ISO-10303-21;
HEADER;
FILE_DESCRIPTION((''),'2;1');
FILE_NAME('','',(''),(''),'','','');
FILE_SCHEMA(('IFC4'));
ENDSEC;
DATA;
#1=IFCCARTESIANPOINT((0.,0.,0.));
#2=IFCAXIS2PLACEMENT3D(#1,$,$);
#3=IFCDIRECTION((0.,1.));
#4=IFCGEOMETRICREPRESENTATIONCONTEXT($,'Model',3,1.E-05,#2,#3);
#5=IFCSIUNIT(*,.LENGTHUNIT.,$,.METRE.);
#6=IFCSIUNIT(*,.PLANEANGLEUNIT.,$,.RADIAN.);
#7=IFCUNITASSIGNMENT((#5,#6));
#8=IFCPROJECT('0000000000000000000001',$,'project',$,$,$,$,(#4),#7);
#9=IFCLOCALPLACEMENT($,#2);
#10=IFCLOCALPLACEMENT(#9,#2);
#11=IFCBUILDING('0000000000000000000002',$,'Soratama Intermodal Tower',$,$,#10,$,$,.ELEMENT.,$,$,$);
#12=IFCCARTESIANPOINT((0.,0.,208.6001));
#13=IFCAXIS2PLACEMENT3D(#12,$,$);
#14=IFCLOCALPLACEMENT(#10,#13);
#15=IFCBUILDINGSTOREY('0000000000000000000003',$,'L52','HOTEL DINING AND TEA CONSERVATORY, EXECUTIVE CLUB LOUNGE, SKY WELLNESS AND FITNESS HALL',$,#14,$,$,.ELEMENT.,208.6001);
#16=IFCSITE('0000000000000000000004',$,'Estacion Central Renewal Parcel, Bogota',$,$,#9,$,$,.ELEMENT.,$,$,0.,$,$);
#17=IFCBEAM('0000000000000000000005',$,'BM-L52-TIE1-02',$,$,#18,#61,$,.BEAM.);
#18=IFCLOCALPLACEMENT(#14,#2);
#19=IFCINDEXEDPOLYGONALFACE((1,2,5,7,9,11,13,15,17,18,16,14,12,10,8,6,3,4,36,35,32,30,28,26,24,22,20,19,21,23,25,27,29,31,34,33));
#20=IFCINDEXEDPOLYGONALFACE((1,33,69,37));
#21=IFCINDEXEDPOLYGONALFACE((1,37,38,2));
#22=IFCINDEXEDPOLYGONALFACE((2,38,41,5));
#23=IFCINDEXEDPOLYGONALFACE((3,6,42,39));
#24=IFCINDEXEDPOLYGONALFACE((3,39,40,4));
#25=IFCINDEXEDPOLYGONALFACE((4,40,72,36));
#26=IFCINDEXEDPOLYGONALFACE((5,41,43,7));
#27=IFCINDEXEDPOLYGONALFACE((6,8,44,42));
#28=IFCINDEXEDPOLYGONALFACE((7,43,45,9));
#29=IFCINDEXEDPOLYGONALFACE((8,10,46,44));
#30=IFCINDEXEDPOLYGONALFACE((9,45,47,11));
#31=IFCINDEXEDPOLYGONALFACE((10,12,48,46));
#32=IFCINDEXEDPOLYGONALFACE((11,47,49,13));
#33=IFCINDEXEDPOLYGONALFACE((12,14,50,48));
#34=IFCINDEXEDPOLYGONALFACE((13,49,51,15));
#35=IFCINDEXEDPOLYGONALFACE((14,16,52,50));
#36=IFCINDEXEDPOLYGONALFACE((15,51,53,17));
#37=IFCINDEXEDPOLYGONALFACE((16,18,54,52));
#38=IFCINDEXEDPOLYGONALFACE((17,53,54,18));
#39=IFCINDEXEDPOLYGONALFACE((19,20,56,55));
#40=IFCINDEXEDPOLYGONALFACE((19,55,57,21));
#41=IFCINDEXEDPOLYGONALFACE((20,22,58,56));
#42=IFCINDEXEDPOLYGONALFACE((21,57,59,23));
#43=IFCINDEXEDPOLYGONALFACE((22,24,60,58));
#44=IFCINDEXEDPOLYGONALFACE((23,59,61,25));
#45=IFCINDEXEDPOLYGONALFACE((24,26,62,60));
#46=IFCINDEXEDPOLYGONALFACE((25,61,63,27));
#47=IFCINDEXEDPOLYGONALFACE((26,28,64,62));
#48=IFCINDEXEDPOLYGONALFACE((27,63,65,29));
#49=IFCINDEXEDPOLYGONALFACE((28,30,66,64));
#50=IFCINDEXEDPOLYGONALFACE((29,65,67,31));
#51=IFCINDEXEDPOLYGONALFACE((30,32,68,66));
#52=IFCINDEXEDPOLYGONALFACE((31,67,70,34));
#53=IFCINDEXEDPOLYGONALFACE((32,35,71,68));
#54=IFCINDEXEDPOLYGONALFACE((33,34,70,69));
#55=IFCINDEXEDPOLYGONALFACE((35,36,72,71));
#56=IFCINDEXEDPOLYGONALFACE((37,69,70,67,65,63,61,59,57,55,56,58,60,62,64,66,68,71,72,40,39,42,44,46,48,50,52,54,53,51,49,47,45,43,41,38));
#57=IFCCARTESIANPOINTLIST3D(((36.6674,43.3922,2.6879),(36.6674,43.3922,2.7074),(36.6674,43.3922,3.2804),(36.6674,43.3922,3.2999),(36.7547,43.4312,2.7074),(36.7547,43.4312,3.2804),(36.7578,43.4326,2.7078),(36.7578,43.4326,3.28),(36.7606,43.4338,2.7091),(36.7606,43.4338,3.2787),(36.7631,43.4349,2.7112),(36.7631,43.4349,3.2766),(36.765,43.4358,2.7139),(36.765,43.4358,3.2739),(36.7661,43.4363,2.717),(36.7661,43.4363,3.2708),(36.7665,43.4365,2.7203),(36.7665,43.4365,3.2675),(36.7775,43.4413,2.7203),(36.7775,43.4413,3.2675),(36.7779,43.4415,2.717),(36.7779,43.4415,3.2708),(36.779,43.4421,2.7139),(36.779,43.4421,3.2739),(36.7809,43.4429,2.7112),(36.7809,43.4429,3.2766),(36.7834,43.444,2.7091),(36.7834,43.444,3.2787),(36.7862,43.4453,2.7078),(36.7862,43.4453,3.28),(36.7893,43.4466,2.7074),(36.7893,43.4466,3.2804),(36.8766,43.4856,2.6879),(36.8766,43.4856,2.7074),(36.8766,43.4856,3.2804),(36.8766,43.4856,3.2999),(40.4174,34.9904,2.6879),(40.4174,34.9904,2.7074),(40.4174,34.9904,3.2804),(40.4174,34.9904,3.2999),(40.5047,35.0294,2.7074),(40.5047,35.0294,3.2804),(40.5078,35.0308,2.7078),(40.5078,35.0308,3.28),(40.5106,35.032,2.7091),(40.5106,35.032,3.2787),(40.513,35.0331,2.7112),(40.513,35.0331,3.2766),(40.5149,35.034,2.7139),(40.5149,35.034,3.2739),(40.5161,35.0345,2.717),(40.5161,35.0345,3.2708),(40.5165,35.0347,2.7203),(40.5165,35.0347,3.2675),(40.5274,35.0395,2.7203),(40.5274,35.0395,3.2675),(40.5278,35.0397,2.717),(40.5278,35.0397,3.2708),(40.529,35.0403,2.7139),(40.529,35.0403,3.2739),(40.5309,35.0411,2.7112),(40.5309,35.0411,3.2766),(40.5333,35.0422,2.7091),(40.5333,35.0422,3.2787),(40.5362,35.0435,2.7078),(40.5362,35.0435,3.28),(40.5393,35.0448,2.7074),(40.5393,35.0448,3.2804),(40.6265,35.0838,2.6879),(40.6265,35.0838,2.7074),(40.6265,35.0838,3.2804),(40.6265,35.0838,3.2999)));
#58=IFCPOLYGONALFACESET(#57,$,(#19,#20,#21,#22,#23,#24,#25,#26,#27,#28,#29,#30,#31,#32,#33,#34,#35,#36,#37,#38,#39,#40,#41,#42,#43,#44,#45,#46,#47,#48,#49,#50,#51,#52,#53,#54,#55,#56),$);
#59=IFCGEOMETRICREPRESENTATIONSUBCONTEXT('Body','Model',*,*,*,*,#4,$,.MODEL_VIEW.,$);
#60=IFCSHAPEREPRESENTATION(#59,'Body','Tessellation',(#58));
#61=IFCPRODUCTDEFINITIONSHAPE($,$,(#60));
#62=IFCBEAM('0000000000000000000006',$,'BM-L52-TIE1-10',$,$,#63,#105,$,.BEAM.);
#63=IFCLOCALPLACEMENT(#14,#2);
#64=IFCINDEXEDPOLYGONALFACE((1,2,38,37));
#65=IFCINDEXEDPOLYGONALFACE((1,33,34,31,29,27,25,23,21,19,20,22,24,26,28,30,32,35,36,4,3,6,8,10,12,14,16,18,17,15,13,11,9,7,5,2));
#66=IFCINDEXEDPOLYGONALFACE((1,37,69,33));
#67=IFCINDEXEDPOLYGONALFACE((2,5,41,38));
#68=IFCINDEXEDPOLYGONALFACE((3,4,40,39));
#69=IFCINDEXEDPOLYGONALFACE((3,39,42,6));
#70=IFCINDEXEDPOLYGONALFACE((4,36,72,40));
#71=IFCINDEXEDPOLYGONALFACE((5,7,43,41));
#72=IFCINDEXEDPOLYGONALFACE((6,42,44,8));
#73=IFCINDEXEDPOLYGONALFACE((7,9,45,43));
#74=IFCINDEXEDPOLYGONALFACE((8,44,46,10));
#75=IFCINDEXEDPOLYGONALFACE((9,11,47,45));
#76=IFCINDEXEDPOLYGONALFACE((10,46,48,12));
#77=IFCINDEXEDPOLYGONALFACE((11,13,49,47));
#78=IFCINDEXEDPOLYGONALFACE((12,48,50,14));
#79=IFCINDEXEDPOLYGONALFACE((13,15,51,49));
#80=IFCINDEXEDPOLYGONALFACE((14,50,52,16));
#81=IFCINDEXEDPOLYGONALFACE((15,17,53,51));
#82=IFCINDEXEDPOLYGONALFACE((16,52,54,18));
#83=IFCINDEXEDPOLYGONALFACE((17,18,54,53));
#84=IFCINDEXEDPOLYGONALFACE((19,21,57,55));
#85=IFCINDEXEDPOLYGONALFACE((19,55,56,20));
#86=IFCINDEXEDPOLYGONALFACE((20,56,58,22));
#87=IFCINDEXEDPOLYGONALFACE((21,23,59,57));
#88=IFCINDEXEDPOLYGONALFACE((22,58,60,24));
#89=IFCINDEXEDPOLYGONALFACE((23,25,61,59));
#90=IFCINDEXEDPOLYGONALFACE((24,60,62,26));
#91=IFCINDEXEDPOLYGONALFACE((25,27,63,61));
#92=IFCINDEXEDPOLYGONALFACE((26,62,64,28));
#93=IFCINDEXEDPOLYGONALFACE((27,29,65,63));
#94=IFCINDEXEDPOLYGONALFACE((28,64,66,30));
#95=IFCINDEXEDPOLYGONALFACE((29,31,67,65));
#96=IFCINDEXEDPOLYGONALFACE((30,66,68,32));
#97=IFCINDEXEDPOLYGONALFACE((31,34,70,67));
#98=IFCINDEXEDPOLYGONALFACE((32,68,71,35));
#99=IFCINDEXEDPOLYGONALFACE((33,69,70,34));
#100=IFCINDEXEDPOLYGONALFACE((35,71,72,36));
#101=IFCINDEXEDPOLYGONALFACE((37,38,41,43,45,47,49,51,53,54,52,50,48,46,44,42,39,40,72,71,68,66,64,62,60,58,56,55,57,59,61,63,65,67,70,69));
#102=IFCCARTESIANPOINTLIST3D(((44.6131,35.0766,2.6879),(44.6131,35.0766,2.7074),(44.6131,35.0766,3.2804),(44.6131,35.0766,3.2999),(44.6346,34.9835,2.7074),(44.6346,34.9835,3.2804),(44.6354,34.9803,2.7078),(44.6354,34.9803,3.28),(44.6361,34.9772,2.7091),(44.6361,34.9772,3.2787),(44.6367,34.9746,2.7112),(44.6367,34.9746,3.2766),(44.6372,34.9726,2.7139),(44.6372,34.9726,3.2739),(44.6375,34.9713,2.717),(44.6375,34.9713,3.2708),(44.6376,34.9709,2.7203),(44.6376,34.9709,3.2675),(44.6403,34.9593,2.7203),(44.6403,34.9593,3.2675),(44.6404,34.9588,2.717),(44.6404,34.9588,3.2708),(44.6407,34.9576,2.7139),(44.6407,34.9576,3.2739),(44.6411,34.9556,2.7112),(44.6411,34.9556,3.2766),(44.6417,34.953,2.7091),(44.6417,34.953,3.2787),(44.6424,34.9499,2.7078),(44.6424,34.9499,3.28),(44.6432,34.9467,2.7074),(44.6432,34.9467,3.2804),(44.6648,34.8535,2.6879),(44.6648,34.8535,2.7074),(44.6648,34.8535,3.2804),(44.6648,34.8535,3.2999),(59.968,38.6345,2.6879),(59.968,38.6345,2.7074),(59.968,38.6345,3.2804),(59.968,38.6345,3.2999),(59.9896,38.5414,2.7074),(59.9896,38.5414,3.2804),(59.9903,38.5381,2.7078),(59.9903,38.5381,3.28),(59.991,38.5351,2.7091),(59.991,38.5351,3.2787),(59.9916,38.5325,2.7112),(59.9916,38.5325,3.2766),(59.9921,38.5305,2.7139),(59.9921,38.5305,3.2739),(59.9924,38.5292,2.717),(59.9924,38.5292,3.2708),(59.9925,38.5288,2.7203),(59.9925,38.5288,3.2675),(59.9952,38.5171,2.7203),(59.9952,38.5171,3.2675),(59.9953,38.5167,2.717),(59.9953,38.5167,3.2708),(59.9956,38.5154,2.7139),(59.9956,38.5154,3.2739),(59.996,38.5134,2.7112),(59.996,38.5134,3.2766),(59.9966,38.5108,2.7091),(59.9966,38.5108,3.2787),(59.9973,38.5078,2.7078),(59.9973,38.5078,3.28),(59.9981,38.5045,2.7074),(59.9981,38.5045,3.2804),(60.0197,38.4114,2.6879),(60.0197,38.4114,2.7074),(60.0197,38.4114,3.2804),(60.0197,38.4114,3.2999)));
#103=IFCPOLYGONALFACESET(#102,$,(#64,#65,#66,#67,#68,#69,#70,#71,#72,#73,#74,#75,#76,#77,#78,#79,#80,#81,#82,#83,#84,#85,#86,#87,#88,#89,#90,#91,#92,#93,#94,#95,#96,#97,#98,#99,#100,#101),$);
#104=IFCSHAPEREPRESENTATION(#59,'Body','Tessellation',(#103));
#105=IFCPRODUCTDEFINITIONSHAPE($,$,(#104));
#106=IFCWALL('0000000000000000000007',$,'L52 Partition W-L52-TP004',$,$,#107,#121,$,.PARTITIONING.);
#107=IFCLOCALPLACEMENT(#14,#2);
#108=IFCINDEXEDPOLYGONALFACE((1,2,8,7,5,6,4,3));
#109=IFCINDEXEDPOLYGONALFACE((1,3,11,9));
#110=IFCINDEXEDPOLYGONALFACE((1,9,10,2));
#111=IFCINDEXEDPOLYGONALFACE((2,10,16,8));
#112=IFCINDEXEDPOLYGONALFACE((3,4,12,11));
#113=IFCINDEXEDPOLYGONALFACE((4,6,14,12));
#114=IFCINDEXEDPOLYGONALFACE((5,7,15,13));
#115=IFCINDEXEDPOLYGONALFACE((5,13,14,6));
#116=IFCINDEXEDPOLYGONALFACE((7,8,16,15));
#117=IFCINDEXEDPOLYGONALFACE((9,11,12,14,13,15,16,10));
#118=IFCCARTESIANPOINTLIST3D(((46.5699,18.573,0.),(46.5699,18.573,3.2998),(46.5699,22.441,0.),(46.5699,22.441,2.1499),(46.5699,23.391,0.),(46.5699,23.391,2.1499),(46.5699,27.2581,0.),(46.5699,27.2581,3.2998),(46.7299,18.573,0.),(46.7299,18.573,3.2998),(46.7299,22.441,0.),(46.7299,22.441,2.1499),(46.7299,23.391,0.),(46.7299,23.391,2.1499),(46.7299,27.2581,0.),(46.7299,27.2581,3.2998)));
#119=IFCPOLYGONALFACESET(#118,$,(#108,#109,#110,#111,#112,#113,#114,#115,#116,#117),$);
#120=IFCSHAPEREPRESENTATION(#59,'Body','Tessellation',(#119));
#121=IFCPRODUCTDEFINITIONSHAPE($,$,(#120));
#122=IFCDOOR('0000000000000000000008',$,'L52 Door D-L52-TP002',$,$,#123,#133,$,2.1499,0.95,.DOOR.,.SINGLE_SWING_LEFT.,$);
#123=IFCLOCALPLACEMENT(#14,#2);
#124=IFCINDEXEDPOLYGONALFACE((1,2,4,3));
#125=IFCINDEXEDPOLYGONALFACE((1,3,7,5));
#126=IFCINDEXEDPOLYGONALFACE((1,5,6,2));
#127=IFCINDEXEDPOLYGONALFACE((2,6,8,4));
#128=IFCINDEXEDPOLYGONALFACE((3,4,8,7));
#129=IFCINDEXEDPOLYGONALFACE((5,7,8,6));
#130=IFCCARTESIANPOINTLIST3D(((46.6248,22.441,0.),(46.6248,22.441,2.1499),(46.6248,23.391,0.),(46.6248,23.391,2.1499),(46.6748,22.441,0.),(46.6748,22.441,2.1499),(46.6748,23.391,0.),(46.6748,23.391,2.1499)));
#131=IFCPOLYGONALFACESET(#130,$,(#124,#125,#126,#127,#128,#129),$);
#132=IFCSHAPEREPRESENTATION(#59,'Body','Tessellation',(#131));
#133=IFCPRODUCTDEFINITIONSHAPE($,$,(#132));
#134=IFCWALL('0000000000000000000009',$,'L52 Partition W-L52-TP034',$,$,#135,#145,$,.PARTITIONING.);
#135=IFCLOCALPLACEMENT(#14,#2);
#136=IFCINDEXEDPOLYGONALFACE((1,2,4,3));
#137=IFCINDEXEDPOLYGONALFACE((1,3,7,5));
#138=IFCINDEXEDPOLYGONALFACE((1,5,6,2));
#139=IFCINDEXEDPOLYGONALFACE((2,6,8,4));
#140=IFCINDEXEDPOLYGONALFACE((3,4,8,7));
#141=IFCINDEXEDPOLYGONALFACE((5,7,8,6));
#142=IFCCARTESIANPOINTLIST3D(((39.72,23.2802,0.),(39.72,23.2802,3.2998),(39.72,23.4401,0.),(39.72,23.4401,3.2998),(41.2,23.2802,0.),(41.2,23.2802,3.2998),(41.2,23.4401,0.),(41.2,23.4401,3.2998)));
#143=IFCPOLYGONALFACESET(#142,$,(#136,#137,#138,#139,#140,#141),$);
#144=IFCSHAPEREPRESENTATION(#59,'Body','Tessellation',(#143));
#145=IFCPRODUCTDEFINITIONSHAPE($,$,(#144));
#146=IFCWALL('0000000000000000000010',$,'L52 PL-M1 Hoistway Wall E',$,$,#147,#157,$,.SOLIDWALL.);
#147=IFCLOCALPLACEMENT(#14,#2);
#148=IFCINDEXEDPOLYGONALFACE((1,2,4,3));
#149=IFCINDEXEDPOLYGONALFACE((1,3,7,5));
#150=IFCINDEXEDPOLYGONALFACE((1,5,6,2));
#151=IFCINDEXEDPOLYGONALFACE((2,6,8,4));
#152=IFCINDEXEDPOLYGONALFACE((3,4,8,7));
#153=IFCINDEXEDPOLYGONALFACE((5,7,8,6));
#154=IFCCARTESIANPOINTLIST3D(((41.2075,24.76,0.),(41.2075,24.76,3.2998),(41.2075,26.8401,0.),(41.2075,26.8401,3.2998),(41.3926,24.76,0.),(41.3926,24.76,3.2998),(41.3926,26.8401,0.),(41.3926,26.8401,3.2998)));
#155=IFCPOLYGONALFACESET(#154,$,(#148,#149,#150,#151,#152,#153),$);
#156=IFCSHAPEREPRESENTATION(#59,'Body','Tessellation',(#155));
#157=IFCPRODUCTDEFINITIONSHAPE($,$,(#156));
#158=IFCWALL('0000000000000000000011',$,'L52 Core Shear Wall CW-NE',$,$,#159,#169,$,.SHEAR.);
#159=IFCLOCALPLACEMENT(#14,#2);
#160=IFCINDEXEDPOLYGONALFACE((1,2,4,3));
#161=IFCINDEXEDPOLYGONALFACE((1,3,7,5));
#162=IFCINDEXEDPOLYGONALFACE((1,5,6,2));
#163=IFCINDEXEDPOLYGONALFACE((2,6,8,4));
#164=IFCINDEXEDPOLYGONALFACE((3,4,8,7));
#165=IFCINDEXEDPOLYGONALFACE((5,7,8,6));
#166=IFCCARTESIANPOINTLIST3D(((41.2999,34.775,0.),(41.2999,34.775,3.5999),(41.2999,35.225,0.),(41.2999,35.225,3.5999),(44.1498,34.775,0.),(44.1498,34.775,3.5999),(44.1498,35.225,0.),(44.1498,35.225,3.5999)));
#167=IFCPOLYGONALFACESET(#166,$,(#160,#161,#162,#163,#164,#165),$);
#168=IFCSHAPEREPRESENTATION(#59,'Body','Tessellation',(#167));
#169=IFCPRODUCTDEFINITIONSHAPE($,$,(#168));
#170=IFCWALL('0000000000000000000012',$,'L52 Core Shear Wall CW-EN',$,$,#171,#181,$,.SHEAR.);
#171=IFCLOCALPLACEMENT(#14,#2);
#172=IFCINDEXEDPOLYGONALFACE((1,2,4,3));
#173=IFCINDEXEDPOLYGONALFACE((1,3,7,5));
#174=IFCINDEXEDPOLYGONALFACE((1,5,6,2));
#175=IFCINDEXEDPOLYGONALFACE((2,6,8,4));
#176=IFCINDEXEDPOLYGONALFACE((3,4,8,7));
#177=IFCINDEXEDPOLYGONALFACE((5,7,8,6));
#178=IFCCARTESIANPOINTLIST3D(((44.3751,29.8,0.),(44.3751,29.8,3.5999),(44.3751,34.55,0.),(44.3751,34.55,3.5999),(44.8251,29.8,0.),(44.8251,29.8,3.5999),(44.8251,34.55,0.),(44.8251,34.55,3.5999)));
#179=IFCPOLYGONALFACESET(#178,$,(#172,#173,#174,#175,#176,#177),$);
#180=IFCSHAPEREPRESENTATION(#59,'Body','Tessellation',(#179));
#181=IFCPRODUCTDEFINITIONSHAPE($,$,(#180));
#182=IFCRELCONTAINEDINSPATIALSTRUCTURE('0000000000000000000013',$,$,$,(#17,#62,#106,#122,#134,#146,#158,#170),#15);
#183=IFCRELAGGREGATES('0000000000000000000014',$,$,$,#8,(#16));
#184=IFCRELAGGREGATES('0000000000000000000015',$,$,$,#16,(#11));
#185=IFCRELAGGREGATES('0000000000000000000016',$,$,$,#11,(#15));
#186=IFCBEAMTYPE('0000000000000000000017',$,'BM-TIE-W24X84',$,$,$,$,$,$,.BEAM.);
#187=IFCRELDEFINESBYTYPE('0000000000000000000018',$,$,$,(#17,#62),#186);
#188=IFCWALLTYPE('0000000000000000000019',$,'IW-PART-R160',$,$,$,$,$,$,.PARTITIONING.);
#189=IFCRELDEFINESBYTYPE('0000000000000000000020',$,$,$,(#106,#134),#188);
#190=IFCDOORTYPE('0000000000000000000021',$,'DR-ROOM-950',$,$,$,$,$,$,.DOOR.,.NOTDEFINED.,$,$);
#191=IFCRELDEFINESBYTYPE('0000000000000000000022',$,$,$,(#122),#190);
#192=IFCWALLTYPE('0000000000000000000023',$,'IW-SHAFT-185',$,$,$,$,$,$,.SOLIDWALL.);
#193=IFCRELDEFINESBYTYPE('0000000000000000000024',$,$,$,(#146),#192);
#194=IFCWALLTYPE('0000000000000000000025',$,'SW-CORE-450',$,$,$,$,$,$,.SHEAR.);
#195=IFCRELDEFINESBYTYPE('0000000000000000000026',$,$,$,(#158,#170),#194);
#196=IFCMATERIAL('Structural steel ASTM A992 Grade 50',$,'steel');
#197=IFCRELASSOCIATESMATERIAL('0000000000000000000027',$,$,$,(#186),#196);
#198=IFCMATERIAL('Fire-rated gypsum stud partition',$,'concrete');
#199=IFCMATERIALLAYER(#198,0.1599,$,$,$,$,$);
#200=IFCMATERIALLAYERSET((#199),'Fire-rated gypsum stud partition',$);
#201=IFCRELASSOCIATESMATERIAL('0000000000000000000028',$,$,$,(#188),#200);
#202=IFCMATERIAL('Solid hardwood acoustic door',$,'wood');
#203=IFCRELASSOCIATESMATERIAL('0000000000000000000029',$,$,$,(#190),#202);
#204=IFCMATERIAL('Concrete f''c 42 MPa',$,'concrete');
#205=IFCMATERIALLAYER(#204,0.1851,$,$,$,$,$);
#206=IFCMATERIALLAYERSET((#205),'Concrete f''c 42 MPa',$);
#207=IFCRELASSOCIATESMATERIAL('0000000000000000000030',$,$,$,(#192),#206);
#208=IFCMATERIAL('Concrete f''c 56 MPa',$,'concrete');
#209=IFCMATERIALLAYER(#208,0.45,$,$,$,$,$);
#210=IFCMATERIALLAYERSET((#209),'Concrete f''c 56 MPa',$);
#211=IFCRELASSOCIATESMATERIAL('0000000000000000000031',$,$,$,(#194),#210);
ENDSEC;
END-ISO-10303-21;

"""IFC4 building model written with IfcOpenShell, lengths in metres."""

from ifc_helpers import new_model, si_unit, direction, frame, frame_2d, origin, origin_2d, place, context, subcontext, project, spatial, rectangle, i_section, extrude, material, layer, layer_set, material_profile, profile_set, type_object, element, fill, save


model = new_model("IFC4")

# Units and contexts
model_context = context("Model", 3, precision=1e-05, world=origin(), true_north=direction((0.0, 1.0)))
body_context = subcontext(model_context, "Body", "Model", "MODEL_VIEW")
ifc_project = project(units=[si_unit("LENGTHUNIT", "METRE"), si_unit("PLANEANGLEUNIT", "RADIAN")], contexts=[model_context])

# Site, building, storey
site_placement = place(None, origin())
site = spatial("IfcSite", under=ifc_project, at=site_placement, Name="Estacion Central Renewal Parcel, Bogota", CompositionType="ELEMENT", RefElevation=0.0)
building_placement = place(site_placement, origin())
building = spatial("IfcBuilding", under=site, at=building_placement, Name="Soratama Intermodal Tower", CompositionType="ELEMENT")
storey_placement = place(building_placement, frame((0.0, 0.0, 208.6001)))
storey = spatial("IfcBuildingStorey", under=building, at=storey_placement, Name="L52", Description="HOTEL DINING AND TEA CONSERVATORY, EXECUTIVE CLUB LOUNGE, SKY WELLNESS AND FITNESS HALL", CompositionType="ELEMENT", Elevation=208.6001)

# Beams
ifc_material_1 = material(Name="Structural steel ASTM A992 Grade 50", Category="steel")
ifc_material_profile_1 = material_profile(ifc_material_1, i_section(OverallWidth=0.229, OverallDepth=0.6121, WebThickness=0.012, FlangeThickness=0.0195, FilletRadius=0.0129, at=origin_2d()), Name="W24X84")
ifc_profile_set_1 = profile_set([ifc_material_profile_1], Name="Structural steel ASTM A992 Grade 50")
beam_type_1 = type_object("IfcBeamType", Name="BM-TIE-W24X84", PredefinedType="BEAM", material=ifc_profile_set_1)
beam_1_placement = place(storey_placement, frame((40.522, 35.0371, 2.9939), z_axis=(-0.407576, 0.913171, 0.0), x_axis=(-0.913171, -0.407576, 0.0)))
element("IfcBeam", 1, at=beam_1_placement, inside=storey, type_object=beam_type_1, Name="BM-L52-TIE1-02", PredefinedType="BEAM", context=body_context, shape_type="SweptSolid", body=[
    extrude(i_section(OverallWidth=0.229, OverallDepth=0.6121, WebThickness=0.012, FlangeThickness=0.0195, FilletRadius=0.0129, at=origin_2d()), origin(), (0.0, 0.0, 1.0), 9.2007),
])
beam_2_placement = place(storey_placement, frame((44.6389, 34.9651, 2.9939), z_axis=(0.974191, 0.225727, 0.0), x_axis=(-0.225727, 0.974191, 0.0)))
element("IfcBeam", 2, at=beam_2_placement, inside=storey, type_object=beam_type_1, Name="BM-L52-TIE1-10", PredefinedType="BEAM", context=body_context, shape_type="SweptSolid", body=[
    extrude(i_section(OverallWidth=0.229, OverallDepth=0.6121, WebThickness=0.012, FlangeThickness=0.0195, FilletRadius=0.0129, at=origin_2d()), origin(), (0.0, 0.0, 1.0), 15.7617),
])

# Wall, opening, door
ifc_material_2 = material(Name="Fire-rated gypsum stud partition", Category="concrete")
ifc_layer_1 = layer(ifc_material_2, 0.1599)
ifc_layer_set_1 = layer_set([ifc_layer_1], Name="Fire-rated gypsum stud partition")
wall_type_1 = type_object("IfcWallType", Name="IW-PART-R160", PredefinedType="PARTITIONING", material=ifc_layer_set_1)
wall_1_placement = place(storey_placement, frame((46.6499, 27.2581, 0.0), z_axis=(0.0, 0.0, 1.0), x_axis=(0.0, -1.0, 0.0)))
wall_1 = element("IfcWall", 3, at=wall_1_placement, inside=storey, type_object=wall_type_1, Name="L52 Partition W-L52-TP004", PredefinedType="PARTITIONING", context=body_context, shape_type="SweptSolid", body=[
    extrude(rectangle(XDim=8.6851, YDim=0.1599, at=frame_2d((4.3425, 0.0))), origin(), (0.0, 0.0, 1.0), 3.2998),
])
opening_1_placement = place(wall_1_placement, frame((3.8669, 0.0, 0.0)))
opening_1 = element("IfcOpeningElement", 4, at=opening_1_placement, cuts=wall_1, PredefinedType="OPENING", context=body_context, shape_type="SweptSolid", body=[
    extrude(rectangle(XDim=0.95, YDim=2.1499, at=frame_2d((0.4751, 1.075))), frame((0.0, 0.0898, 0.0), z_axis=(0.0, -1.0, 0.0), x_axis=(1.0, 0.0, 0.0)), (0.0, 0.0, 1.0), 0.1799),
])
ifc_material_3 = material(Name="Solid hardwood acoustic door", Category="wood")
door_type_1 = type_object("IfcDoorType", Name="DR-ROOM-950", OperationType="NOTDEFINED", PredefinedType="DOOR", material=ifc_material_3)
door_1_placement = place(opening_1_placement, origin())
door_1 = element("IfcDoor", 5, at=door_1_placement, inside=storey, type_object=door_type_1, Name="L52 Door D-L52-TP002", OperationType="SINGLE_SWING_LEFT", OverallHeight=2.1499, OverallWidth=0.95, PredefinedType="DOOR", context=body_context, shape_type="SweptSolid", body=[
    extrude(rectangle(XDim=0.95, YDim=2.1499, at=frame_2d((0.4751, 1.075))), frame((0.0, 0.0249, 0.0), z_axis=(0.0, -1.0, 0.0), x_axis=(1.0, 0.0, 0.0)), (0.0, 0.0, 1.0), 0.05),
])
fill(opening_1, door_1)

# Wall
wall_2_placement = place(storey_placement, frame((41.2, 23.3601, 0.0), z_axis=(0.0, 0.0, 1.0), x_axis=(-1.0, 0.0, 0.0)))
element("IfcWall", 6, at=wall_2_placement, inside=storey, type_object=wall_type_1, Name="L52 Partition W-L52-TP034", PredefinedType="PARTITIONING", context=body_context, shape_type="SweptSolid", body=[
    extrude(rectangle(XDim=1.48, YDim=0.1599, at=frame_2d((0.74, 0.0))), origin(), (0.0, 0.0, 1.0), 3.2998),
])

# Walls
ifc_material_4 = material(Name="Concrete f'c 42 MPa", Category="concrete")
ifc_layer_2 = layer(ifc_material_4, 0.1851)
ifc_layer_set_2 = layer_set([ifc_layer_2], Name="Concrete f'c 42 MPa")
wall_type_2 = type_object("IfcWallType", Name="IW-SHAFT-185", PredefinedType="SOLIDWALL", material=ifc_layer_set_2)
wall_3_placement = place(storey_placement, frame((41.3, 24.76, 0.0), z_axis=(0.0, 0.0, 1.0), x_axis=(0.0, 1.0, 0.0)))
element("IfcWall", 7, at=wall_3_placement, inside=storey, type_object=wall_type_2, Name="L52 PL-M1 Hoistway Wall E", PredefinedType="SOLIDWALL", context=body_context, shape_type="SweptSolid", body=[
    extrude(rectangle(XDim=2.0801, YDim=0.1851, at=frame_2d((1.04, 0.0))), origin(), (0.0, 0.0, 1.0), 3.2998),
])
ifc_material_5 = material(Name="Concrete f'c 56 MPa", Category="concrete")
ifc_layer_3 = layer(ifc_material_5, 0.45)
ifc_layer_set_3 = layer_set([ifc_layer_3], Name="Concrete f'c 56 MPa")
wall_type_3 = type_object("IfcWallType", Name="SW-CORE-450", PredefinedType="SHEAR", material=ifc_layer_set_3)
wall_4_placement = place(storey_placement, frame((41.3, 35.0, 0.0), z_axis=(0.0, 0.0, 1.0), x_axis=(1.0, 0.0, 0.0)))
element("IfcWall", 8, at=wall_4_placement, inside=storey, type_object=wall_type_3, Name="L52 Core Shear Wall CW-NE", PredefinedType="SHEAR", context=body_context, shape_type="SweptSolid", body=[
    extrude(rectangle(XDim=2.8499, YDim=0.45, at=frame_2d((1.4248, 0.0))), origin(), (0.0, 0.0, 1.0), 3.5999),
])
wall_5_placement = place(storey_placement, frame((44.6001, 29.8, 0.0), z_axis=(0.0, 0.0, 1.0), x_axis=(0.0, 1.0, 0.0)))
element("IfcWall", 9, at=wall_5_placement, inside=storey, type_object=wall_type_3, Name="L52 Core Shear Wall CW-EN", PredefinedType="SHEAR", context=body_context, shape_type="SweptSolid", body=[
    extrude(rectangle(XDim=4.75, YDim=0.45, at=frame_2d((2.375, 0.0))), origin(), (0.0, 0.0, 1.0), 3.5999),
])

save(model, "model.ifc")
